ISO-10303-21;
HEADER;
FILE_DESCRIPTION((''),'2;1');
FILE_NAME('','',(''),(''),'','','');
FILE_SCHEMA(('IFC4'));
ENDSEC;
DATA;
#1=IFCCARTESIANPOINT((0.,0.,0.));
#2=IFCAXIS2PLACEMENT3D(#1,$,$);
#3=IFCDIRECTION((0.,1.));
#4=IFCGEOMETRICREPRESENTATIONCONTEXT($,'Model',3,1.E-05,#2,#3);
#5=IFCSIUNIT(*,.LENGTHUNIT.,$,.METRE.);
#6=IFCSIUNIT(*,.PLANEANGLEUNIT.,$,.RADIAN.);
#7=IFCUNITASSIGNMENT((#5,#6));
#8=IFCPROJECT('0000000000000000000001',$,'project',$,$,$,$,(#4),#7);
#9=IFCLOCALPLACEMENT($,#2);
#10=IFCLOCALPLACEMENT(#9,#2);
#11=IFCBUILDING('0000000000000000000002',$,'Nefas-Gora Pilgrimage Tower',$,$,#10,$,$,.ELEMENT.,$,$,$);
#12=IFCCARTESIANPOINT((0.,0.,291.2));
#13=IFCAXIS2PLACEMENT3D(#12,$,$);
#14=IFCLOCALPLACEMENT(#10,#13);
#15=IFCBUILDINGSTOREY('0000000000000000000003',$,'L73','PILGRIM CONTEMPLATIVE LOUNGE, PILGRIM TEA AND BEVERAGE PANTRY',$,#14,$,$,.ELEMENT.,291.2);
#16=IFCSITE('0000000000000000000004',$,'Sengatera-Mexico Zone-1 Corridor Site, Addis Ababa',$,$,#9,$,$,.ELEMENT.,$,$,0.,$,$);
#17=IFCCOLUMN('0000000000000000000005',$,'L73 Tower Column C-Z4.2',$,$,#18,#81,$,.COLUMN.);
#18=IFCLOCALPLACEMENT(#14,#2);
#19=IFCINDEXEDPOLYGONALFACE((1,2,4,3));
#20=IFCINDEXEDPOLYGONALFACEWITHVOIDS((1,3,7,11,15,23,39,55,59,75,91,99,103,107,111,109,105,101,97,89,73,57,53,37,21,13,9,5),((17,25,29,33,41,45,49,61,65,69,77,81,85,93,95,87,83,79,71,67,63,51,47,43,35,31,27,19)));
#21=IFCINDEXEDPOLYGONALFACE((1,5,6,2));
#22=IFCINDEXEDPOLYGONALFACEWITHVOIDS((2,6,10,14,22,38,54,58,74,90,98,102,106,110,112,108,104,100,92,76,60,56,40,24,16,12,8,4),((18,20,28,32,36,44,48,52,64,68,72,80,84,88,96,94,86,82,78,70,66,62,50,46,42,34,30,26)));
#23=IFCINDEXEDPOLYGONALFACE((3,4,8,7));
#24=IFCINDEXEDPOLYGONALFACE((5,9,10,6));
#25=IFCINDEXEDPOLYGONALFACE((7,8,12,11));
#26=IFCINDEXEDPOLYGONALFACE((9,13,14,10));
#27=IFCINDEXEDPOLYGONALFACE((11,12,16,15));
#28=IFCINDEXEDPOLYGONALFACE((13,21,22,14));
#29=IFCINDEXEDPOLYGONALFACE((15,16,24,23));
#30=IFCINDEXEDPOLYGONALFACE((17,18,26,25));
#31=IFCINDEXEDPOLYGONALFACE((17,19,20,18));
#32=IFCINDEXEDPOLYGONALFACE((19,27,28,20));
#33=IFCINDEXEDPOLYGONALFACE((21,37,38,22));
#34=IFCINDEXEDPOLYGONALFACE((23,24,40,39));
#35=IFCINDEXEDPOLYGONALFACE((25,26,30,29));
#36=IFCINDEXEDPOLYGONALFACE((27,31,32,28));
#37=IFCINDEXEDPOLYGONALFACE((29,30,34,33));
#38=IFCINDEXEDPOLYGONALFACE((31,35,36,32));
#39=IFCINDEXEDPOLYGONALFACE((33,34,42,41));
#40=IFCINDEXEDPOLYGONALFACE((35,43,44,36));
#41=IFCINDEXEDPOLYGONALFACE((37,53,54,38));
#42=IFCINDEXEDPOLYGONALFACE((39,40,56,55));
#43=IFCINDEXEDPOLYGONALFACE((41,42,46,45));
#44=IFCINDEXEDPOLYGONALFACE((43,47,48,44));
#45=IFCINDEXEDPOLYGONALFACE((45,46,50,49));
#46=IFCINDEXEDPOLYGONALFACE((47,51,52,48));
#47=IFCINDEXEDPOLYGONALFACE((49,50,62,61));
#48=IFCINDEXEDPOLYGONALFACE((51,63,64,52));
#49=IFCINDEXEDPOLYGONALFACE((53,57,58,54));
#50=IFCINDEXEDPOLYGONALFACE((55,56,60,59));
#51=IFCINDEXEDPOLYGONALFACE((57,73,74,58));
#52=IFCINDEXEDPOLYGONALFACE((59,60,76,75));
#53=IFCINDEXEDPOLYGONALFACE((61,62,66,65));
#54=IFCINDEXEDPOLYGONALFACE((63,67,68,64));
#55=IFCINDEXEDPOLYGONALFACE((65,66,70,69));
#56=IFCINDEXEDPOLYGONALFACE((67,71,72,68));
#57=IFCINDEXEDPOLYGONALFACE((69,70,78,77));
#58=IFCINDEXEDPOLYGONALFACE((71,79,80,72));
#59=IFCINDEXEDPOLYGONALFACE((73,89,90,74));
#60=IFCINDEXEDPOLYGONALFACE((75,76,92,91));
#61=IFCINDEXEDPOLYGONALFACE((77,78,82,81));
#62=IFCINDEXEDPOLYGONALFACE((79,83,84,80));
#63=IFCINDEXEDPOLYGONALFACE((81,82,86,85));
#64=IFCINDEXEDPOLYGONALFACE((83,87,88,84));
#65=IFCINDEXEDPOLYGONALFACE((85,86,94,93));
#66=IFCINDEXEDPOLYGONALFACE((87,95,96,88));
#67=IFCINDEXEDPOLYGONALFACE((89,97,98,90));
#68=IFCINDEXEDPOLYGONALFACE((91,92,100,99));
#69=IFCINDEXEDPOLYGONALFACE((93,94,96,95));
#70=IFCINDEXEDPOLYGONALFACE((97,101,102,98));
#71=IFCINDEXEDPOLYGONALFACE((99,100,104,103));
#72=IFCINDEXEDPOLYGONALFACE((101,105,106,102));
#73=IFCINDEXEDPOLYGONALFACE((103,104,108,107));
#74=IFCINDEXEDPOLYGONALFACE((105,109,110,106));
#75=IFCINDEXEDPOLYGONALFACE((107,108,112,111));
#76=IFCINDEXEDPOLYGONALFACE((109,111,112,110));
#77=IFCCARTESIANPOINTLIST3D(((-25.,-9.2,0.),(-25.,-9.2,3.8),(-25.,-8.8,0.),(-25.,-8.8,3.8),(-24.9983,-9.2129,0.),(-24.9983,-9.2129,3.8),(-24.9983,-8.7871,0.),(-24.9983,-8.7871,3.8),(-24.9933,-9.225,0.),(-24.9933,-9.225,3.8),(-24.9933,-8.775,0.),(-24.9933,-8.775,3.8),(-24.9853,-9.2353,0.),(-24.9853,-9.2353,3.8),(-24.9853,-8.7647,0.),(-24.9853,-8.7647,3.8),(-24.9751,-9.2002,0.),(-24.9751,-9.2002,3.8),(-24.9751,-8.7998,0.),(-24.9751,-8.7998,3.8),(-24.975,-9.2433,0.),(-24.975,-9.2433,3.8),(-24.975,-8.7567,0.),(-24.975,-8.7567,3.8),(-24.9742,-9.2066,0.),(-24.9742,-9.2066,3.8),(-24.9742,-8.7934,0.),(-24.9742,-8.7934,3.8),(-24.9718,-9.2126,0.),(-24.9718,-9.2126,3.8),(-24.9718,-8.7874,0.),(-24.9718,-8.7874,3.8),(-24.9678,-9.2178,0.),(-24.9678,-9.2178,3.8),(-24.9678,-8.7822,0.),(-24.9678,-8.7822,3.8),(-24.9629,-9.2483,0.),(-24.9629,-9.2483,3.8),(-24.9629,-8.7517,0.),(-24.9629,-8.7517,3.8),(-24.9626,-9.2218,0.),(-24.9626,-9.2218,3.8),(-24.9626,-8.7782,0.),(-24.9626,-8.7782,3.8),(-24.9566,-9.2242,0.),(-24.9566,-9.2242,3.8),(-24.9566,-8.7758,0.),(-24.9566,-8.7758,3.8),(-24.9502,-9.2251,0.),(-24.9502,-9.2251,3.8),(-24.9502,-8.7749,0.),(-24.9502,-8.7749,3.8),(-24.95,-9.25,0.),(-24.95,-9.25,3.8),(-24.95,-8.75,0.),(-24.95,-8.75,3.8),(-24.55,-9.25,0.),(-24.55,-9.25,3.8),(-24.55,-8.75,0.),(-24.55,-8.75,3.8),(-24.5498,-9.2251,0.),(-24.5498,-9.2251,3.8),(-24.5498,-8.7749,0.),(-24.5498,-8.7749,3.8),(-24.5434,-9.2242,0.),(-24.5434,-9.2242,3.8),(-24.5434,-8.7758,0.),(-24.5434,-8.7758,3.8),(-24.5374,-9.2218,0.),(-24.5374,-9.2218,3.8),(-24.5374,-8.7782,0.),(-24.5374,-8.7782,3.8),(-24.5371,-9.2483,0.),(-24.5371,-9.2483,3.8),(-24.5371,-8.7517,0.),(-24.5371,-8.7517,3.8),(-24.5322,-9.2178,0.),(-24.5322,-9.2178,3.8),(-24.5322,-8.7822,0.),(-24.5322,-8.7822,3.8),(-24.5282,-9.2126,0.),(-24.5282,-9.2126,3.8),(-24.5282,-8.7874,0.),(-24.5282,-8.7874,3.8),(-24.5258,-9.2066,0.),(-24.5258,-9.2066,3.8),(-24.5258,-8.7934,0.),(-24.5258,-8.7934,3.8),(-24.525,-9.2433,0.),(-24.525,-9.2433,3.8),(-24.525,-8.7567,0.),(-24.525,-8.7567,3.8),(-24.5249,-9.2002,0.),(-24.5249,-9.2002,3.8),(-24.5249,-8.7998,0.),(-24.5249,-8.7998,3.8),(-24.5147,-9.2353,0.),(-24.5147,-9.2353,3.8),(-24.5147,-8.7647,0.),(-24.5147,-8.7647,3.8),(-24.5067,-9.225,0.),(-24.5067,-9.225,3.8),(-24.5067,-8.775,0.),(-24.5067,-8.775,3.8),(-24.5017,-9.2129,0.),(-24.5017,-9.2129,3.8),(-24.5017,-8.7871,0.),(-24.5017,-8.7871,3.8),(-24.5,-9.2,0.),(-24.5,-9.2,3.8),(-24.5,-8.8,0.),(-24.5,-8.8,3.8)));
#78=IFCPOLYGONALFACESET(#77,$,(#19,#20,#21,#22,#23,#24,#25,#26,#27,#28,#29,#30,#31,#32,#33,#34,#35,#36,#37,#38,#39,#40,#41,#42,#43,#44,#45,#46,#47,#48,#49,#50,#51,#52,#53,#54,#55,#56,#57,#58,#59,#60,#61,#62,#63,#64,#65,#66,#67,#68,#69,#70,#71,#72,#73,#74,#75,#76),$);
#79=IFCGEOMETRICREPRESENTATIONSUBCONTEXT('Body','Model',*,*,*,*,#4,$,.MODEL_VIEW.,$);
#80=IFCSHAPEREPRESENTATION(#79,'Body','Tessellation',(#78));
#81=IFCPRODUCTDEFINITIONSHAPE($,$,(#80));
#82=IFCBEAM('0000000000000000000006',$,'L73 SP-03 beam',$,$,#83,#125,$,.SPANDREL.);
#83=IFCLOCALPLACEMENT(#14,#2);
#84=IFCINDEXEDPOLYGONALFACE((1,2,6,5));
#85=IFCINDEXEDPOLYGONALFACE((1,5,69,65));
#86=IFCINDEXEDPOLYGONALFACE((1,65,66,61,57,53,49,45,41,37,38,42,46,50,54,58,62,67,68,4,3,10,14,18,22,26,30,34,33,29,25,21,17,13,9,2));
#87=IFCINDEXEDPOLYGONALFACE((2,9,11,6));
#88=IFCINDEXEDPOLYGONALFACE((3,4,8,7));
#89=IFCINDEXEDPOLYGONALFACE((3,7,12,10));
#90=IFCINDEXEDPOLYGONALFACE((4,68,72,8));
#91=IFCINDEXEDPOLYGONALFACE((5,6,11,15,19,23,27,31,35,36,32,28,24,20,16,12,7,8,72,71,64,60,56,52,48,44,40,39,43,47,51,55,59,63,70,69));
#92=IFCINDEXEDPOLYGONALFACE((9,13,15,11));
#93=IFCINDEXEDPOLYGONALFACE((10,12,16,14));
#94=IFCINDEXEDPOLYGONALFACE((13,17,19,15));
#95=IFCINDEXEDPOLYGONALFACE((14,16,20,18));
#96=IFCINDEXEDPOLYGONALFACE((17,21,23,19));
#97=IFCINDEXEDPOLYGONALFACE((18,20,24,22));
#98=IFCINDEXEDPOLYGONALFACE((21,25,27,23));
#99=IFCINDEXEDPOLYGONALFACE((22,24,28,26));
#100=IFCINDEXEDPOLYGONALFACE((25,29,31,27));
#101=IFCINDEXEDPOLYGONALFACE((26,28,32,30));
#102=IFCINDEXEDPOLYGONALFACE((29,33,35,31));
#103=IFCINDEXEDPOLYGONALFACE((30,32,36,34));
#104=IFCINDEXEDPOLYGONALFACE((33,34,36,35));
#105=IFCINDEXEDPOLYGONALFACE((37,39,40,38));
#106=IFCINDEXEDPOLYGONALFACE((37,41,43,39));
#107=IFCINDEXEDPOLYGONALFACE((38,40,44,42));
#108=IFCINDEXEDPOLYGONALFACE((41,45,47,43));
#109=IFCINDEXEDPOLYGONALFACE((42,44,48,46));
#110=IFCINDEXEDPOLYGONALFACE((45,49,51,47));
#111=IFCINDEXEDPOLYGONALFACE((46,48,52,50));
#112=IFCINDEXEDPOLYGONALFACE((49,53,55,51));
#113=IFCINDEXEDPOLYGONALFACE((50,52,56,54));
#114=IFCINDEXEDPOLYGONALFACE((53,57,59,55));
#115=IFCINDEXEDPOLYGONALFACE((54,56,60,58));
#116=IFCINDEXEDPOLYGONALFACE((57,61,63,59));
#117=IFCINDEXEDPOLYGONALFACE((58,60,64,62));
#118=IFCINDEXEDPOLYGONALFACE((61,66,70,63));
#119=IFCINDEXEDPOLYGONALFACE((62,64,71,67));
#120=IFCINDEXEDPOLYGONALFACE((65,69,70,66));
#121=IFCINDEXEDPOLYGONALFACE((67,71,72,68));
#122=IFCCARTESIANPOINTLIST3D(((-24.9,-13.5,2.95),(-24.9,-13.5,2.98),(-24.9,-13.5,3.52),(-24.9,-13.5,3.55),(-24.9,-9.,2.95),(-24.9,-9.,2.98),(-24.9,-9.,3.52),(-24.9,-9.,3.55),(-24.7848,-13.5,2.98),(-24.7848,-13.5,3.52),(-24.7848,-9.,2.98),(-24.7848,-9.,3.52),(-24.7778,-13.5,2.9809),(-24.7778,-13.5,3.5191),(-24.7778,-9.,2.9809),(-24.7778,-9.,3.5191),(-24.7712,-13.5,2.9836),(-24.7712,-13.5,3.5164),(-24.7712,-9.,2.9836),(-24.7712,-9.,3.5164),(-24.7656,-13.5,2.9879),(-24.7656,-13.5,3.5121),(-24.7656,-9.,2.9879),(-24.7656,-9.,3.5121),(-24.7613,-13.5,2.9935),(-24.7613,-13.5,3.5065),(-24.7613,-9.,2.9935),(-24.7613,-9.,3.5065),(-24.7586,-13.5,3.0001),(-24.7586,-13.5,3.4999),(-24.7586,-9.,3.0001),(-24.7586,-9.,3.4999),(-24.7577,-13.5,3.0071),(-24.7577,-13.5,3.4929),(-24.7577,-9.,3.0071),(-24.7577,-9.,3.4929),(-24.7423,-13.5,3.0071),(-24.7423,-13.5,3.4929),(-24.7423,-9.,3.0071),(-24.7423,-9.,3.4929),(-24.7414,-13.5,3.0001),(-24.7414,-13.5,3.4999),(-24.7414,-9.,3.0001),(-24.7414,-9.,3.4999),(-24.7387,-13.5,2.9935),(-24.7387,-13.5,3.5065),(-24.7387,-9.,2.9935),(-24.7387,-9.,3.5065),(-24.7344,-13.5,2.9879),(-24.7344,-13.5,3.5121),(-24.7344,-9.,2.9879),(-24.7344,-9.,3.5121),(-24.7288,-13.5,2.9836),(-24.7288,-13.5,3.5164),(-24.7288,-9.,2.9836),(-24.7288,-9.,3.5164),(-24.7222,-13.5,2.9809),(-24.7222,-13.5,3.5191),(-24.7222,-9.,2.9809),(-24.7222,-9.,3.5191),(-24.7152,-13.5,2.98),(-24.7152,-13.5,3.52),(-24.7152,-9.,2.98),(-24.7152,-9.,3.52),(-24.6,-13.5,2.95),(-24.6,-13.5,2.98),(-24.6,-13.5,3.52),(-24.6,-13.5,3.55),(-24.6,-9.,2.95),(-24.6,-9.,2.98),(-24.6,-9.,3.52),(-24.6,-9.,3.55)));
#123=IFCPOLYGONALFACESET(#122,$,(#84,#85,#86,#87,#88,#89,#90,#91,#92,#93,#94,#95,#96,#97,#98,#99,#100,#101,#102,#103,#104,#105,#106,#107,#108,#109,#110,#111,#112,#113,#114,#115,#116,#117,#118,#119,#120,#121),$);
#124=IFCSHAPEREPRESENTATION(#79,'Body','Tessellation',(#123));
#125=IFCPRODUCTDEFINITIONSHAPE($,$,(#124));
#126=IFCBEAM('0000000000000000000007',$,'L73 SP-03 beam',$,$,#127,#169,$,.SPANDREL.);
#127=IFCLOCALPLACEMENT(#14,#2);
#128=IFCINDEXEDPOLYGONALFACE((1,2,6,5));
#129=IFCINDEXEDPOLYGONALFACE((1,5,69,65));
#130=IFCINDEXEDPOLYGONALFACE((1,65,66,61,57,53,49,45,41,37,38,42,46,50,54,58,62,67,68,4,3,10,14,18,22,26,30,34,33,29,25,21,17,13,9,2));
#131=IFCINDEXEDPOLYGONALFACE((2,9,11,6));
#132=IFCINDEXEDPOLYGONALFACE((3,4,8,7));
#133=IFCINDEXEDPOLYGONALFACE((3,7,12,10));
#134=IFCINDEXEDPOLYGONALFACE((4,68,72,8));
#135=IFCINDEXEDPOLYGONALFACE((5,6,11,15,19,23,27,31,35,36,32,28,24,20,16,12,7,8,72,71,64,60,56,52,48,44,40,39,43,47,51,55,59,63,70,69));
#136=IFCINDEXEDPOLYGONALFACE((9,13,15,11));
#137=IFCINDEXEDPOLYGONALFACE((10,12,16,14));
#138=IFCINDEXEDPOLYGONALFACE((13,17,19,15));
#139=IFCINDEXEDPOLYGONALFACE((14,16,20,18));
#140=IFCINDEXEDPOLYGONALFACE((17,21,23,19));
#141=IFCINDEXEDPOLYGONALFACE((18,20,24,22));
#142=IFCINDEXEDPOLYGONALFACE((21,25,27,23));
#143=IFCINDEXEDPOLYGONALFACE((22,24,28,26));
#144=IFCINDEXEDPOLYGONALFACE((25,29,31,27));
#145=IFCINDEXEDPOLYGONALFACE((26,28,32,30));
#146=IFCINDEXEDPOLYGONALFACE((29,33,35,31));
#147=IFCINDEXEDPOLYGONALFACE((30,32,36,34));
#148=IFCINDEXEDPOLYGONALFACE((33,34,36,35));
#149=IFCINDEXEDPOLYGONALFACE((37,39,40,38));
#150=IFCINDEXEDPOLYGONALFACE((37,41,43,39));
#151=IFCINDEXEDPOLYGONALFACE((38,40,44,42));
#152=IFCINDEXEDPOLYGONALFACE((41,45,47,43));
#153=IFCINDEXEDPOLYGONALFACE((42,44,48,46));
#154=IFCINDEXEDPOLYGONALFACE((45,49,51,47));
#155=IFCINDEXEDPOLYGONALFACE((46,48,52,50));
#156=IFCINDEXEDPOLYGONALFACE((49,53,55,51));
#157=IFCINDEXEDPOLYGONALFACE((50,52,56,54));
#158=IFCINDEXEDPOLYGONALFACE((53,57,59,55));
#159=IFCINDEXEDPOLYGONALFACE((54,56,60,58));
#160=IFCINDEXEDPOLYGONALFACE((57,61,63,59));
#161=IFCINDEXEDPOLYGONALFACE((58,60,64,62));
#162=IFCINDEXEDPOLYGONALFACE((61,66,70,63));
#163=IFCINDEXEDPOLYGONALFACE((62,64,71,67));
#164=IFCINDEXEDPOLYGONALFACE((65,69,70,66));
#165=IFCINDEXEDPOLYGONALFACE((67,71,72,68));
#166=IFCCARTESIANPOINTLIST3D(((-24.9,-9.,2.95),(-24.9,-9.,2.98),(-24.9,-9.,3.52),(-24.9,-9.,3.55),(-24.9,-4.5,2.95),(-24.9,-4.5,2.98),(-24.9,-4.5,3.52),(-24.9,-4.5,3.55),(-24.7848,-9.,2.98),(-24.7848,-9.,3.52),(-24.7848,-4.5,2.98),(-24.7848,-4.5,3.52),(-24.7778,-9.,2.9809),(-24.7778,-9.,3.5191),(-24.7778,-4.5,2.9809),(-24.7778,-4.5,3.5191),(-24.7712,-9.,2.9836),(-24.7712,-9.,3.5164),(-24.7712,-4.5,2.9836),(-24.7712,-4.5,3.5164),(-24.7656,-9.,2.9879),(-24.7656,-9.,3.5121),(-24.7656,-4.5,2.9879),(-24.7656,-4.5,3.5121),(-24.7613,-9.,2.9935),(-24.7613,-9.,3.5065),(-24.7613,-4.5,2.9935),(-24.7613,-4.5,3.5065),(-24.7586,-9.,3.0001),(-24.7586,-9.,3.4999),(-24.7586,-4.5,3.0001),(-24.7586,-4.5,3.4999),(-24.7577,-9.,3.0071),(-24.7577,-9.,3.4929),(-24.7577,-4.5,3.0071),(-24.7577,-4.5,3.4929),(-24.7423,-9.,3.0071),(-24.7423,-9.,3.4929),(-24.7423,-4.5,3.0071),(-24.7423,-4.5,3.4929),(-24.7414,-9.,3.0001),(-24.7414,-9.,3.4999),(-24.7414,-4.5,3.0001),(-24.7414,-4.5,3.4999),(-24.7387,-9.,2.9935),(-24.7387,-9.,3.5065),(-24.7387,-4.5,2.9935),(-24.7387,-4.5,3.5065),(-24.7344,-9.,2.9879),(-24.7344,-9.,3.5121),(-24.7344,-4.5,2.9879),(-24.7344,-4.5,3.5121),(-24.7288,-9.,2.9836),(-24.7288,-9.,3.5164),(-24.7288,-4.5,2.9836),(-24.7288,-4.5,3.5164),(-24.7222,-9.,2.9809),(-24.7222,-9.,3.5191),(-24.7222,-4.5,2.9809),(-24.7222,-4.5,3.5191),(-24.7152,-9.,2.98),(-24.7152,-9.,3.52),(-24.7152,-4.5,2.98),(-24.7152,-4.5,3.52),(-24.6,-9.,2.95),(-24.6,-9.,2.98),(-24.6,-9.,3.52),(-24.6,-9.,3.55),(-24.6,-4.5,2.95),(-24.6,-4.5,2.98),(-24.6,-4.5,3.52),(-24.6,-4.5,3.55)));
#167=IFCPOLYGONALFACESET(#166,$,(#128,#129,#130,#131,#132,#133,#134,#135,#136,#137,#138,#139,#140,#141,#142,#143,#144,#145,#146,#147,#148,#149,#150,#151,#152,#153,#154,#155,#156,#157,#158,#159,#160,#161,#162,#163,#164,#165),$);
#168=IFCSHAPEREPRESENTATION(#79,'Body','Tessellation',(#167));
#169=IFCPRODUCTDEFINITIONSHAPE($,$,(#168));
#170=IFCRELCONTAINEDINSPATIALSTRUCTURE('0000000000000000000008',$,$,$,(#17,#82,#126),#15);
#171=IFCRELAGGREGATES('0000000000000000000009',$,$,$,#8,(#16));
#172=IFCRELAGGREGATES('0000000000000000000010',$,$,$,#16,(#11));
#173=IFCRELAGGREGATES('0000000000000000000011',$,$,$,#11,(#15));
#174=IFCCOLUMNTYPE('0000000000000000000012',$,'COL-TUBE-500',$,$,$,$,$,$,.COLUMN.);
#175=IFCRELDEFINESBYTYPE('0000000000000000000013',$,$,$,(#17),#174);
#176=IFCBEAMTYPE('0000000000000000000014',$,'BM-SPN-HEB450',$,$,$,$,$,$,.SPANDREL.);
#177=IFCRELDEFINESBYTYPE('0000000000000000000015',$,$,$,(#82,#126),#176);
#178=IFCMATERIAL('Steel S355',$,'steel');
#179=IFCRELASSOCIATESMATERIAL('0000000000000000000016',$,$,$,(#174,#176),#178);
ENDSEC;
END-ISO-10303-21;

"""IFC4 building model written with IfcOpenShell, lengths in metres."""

from ifc_helpers import new_model, si_unit, direction, frame, origin, origin_2d, place, context, subcontext, project, spatial, hollow_rectangle, i_section, extrude, source, transform, mapped, material, material_profile, profile_set, type_object, element, save


model = new_model("IFC4")

# Units and contexts
model_context = context("Model", 3, precision=1e-05, world=origin(), true_north=direction((0.0, 1.0)))
body_context = subcontext(model_context, "Body", "Model", "MODEL_VIEW")
ifc_project = project(units=[si_unit("LENGTHUNIT", "METRE"), si_unit("PLANEANGLEUNIT", "RADIAN")], contexts=[model_context])

# Site, building, storey
site_placement = place(None, origin())
site = spatial("IfcSite", under=ifc_project, at=site_placement, Name="Sengatera-Mexico Zone-1 Corridor Site, Addis Ababa", CompositionType="ELEMENT", RefElevation=0.0)
building_placement = place(site_placement, origin())
building = spatial("IfcBuilding", under=site, at=building_placement, Name="Nefas-Gora Pilgrimage Tower", CompositionType="ELEMENT")
storey_placement = place(building_placement, frame((0.0, 0.0, 291.2)))
storey = spatial("IfcBuildingStorey", under=building, at=storey_placement, Name="L73", Description="PILGRIM CONTEMPLATIVE LOUNGE, PILGRIM TEA AND BEVERAGE PANTRY", CompositionType="ELEMENT", Elevation=291.2)

# Column
ifc_material_1 = material(Name="Steel S355", Category="steel")
ifc_material_profile_1 = material_profile(ifc_material_1, hollow_rectangle(XDim=0.5, YDim=0.5, WallThickness=0.0249, InnerFilletRadius=0.0249, OuterFilletRadius=0.05, at=origin_2d()), Name="SHS 500x500x25")
ifc_profile_set_1 = profile_set([ifc_material_profile_1], Name="Steel S355")
column_type_1 = type_object("IfcColumnType", Name="COL-TUBE-500", PredefinedType="COLUMN", material=ifc_profile_set_1)
shared_shape_1 = source(origin(), body_context, "Body", "SweptSolid", [
    extrude(hollow_rectangle(XDim=0.5, YDim=0.5, WallThickness=0.0249, InnerFilletRadius=0.0249, OuterFilletRadius=0.05, at=origin_2d()), origin(), (0.0, 0.0, 1.0), 3.8),
])
for number, where, z_axis, x_axis, name in (
    (1, (-24.75, -9.0, 0.0), (0.0, 0.0, 1.0), (1.0, 0.0, 0.0), "L73 Tower Column C-Z4.2"),
):
    element("IfcColumn", number, at=place(storey_placement, frame(where, z_axis=z_axis, x_axis=x_axis)), inside=storey, type_object=column_type_1, Name=name, PredefinedType="COLUMN", context=body_context, shape_type="MappedRepresentation", body=[
        mapped(shared_shape_1, transform((0.0, 0.0, 0.0), x_axis=(1.0, 0.0, 0.0), y_axis=(0.0, 1.0, 0.0), z_axis=(0.0, 0.0, 1.0), scale=1.0)),
    ])

# Beams
ifc_material_profile_2 = material_profile(ifc_material_1, i_section(OverallWidth=0.3, OverallDepth=0.6001, WebThickness=0.0154, FlangeThickness=0.03, FilletRadius=0.0271, at=origin_2d()), Name="HEB 600")
ifc_profile_set_2 = profile_set([ifc_material_profile_2], Name="Steel S355")
beam_type_1 = type_object("IfcBeamType", Name="BM-SPN-HEB450", PredefinedType="SPANDREL", material=ifc_profile_set_2)
shared_shape_2 = source(origin(), body_context, "Body", "SweptSolid", [
    extrude(i_section(OverallWidth=0.3, OverallDepth=0.6001, WebThickness=0.0154, FlangeThickness=0.03, FilletRadius=0.0271, at=origin_2d()), origin(), (0.0, 0.0, 1.0), 4.5),
])
for number, where, z_axis, x_axis, name in (
    (2, (-24.75, -13.5, 3.25), (0.0, 1.0, 0.0), (-1.0, 0.0, 0.0), "L73 SP-03 beam"),
    (3, (-24.75, -9.0, 3.25), (0.0, 1.0, 0.0), (-1.0, 0.0, 0.0), "L73 SP-03 beam"),
):
    element("IfcBeam", number, at=place(storey_placement, frame(where, z_axis=z_axis, x_axis=x_axis)), inside=storey, type_object=beam_type_1, Name=name, PredefinedType="SPANDREL", context=body_context, shape_type="MappedRepresentation", body=[
        mapped(shared_shape_2, transform((0.0, 0.0, 0.0), x_axis=(1.0, 0.0, 0.0), y_axis=(0.0, 1.0, 0.0), z_axis=(0.0, 0.0, 1.0), scale=1.0)),
    ])

save(model, "model.ifc")
